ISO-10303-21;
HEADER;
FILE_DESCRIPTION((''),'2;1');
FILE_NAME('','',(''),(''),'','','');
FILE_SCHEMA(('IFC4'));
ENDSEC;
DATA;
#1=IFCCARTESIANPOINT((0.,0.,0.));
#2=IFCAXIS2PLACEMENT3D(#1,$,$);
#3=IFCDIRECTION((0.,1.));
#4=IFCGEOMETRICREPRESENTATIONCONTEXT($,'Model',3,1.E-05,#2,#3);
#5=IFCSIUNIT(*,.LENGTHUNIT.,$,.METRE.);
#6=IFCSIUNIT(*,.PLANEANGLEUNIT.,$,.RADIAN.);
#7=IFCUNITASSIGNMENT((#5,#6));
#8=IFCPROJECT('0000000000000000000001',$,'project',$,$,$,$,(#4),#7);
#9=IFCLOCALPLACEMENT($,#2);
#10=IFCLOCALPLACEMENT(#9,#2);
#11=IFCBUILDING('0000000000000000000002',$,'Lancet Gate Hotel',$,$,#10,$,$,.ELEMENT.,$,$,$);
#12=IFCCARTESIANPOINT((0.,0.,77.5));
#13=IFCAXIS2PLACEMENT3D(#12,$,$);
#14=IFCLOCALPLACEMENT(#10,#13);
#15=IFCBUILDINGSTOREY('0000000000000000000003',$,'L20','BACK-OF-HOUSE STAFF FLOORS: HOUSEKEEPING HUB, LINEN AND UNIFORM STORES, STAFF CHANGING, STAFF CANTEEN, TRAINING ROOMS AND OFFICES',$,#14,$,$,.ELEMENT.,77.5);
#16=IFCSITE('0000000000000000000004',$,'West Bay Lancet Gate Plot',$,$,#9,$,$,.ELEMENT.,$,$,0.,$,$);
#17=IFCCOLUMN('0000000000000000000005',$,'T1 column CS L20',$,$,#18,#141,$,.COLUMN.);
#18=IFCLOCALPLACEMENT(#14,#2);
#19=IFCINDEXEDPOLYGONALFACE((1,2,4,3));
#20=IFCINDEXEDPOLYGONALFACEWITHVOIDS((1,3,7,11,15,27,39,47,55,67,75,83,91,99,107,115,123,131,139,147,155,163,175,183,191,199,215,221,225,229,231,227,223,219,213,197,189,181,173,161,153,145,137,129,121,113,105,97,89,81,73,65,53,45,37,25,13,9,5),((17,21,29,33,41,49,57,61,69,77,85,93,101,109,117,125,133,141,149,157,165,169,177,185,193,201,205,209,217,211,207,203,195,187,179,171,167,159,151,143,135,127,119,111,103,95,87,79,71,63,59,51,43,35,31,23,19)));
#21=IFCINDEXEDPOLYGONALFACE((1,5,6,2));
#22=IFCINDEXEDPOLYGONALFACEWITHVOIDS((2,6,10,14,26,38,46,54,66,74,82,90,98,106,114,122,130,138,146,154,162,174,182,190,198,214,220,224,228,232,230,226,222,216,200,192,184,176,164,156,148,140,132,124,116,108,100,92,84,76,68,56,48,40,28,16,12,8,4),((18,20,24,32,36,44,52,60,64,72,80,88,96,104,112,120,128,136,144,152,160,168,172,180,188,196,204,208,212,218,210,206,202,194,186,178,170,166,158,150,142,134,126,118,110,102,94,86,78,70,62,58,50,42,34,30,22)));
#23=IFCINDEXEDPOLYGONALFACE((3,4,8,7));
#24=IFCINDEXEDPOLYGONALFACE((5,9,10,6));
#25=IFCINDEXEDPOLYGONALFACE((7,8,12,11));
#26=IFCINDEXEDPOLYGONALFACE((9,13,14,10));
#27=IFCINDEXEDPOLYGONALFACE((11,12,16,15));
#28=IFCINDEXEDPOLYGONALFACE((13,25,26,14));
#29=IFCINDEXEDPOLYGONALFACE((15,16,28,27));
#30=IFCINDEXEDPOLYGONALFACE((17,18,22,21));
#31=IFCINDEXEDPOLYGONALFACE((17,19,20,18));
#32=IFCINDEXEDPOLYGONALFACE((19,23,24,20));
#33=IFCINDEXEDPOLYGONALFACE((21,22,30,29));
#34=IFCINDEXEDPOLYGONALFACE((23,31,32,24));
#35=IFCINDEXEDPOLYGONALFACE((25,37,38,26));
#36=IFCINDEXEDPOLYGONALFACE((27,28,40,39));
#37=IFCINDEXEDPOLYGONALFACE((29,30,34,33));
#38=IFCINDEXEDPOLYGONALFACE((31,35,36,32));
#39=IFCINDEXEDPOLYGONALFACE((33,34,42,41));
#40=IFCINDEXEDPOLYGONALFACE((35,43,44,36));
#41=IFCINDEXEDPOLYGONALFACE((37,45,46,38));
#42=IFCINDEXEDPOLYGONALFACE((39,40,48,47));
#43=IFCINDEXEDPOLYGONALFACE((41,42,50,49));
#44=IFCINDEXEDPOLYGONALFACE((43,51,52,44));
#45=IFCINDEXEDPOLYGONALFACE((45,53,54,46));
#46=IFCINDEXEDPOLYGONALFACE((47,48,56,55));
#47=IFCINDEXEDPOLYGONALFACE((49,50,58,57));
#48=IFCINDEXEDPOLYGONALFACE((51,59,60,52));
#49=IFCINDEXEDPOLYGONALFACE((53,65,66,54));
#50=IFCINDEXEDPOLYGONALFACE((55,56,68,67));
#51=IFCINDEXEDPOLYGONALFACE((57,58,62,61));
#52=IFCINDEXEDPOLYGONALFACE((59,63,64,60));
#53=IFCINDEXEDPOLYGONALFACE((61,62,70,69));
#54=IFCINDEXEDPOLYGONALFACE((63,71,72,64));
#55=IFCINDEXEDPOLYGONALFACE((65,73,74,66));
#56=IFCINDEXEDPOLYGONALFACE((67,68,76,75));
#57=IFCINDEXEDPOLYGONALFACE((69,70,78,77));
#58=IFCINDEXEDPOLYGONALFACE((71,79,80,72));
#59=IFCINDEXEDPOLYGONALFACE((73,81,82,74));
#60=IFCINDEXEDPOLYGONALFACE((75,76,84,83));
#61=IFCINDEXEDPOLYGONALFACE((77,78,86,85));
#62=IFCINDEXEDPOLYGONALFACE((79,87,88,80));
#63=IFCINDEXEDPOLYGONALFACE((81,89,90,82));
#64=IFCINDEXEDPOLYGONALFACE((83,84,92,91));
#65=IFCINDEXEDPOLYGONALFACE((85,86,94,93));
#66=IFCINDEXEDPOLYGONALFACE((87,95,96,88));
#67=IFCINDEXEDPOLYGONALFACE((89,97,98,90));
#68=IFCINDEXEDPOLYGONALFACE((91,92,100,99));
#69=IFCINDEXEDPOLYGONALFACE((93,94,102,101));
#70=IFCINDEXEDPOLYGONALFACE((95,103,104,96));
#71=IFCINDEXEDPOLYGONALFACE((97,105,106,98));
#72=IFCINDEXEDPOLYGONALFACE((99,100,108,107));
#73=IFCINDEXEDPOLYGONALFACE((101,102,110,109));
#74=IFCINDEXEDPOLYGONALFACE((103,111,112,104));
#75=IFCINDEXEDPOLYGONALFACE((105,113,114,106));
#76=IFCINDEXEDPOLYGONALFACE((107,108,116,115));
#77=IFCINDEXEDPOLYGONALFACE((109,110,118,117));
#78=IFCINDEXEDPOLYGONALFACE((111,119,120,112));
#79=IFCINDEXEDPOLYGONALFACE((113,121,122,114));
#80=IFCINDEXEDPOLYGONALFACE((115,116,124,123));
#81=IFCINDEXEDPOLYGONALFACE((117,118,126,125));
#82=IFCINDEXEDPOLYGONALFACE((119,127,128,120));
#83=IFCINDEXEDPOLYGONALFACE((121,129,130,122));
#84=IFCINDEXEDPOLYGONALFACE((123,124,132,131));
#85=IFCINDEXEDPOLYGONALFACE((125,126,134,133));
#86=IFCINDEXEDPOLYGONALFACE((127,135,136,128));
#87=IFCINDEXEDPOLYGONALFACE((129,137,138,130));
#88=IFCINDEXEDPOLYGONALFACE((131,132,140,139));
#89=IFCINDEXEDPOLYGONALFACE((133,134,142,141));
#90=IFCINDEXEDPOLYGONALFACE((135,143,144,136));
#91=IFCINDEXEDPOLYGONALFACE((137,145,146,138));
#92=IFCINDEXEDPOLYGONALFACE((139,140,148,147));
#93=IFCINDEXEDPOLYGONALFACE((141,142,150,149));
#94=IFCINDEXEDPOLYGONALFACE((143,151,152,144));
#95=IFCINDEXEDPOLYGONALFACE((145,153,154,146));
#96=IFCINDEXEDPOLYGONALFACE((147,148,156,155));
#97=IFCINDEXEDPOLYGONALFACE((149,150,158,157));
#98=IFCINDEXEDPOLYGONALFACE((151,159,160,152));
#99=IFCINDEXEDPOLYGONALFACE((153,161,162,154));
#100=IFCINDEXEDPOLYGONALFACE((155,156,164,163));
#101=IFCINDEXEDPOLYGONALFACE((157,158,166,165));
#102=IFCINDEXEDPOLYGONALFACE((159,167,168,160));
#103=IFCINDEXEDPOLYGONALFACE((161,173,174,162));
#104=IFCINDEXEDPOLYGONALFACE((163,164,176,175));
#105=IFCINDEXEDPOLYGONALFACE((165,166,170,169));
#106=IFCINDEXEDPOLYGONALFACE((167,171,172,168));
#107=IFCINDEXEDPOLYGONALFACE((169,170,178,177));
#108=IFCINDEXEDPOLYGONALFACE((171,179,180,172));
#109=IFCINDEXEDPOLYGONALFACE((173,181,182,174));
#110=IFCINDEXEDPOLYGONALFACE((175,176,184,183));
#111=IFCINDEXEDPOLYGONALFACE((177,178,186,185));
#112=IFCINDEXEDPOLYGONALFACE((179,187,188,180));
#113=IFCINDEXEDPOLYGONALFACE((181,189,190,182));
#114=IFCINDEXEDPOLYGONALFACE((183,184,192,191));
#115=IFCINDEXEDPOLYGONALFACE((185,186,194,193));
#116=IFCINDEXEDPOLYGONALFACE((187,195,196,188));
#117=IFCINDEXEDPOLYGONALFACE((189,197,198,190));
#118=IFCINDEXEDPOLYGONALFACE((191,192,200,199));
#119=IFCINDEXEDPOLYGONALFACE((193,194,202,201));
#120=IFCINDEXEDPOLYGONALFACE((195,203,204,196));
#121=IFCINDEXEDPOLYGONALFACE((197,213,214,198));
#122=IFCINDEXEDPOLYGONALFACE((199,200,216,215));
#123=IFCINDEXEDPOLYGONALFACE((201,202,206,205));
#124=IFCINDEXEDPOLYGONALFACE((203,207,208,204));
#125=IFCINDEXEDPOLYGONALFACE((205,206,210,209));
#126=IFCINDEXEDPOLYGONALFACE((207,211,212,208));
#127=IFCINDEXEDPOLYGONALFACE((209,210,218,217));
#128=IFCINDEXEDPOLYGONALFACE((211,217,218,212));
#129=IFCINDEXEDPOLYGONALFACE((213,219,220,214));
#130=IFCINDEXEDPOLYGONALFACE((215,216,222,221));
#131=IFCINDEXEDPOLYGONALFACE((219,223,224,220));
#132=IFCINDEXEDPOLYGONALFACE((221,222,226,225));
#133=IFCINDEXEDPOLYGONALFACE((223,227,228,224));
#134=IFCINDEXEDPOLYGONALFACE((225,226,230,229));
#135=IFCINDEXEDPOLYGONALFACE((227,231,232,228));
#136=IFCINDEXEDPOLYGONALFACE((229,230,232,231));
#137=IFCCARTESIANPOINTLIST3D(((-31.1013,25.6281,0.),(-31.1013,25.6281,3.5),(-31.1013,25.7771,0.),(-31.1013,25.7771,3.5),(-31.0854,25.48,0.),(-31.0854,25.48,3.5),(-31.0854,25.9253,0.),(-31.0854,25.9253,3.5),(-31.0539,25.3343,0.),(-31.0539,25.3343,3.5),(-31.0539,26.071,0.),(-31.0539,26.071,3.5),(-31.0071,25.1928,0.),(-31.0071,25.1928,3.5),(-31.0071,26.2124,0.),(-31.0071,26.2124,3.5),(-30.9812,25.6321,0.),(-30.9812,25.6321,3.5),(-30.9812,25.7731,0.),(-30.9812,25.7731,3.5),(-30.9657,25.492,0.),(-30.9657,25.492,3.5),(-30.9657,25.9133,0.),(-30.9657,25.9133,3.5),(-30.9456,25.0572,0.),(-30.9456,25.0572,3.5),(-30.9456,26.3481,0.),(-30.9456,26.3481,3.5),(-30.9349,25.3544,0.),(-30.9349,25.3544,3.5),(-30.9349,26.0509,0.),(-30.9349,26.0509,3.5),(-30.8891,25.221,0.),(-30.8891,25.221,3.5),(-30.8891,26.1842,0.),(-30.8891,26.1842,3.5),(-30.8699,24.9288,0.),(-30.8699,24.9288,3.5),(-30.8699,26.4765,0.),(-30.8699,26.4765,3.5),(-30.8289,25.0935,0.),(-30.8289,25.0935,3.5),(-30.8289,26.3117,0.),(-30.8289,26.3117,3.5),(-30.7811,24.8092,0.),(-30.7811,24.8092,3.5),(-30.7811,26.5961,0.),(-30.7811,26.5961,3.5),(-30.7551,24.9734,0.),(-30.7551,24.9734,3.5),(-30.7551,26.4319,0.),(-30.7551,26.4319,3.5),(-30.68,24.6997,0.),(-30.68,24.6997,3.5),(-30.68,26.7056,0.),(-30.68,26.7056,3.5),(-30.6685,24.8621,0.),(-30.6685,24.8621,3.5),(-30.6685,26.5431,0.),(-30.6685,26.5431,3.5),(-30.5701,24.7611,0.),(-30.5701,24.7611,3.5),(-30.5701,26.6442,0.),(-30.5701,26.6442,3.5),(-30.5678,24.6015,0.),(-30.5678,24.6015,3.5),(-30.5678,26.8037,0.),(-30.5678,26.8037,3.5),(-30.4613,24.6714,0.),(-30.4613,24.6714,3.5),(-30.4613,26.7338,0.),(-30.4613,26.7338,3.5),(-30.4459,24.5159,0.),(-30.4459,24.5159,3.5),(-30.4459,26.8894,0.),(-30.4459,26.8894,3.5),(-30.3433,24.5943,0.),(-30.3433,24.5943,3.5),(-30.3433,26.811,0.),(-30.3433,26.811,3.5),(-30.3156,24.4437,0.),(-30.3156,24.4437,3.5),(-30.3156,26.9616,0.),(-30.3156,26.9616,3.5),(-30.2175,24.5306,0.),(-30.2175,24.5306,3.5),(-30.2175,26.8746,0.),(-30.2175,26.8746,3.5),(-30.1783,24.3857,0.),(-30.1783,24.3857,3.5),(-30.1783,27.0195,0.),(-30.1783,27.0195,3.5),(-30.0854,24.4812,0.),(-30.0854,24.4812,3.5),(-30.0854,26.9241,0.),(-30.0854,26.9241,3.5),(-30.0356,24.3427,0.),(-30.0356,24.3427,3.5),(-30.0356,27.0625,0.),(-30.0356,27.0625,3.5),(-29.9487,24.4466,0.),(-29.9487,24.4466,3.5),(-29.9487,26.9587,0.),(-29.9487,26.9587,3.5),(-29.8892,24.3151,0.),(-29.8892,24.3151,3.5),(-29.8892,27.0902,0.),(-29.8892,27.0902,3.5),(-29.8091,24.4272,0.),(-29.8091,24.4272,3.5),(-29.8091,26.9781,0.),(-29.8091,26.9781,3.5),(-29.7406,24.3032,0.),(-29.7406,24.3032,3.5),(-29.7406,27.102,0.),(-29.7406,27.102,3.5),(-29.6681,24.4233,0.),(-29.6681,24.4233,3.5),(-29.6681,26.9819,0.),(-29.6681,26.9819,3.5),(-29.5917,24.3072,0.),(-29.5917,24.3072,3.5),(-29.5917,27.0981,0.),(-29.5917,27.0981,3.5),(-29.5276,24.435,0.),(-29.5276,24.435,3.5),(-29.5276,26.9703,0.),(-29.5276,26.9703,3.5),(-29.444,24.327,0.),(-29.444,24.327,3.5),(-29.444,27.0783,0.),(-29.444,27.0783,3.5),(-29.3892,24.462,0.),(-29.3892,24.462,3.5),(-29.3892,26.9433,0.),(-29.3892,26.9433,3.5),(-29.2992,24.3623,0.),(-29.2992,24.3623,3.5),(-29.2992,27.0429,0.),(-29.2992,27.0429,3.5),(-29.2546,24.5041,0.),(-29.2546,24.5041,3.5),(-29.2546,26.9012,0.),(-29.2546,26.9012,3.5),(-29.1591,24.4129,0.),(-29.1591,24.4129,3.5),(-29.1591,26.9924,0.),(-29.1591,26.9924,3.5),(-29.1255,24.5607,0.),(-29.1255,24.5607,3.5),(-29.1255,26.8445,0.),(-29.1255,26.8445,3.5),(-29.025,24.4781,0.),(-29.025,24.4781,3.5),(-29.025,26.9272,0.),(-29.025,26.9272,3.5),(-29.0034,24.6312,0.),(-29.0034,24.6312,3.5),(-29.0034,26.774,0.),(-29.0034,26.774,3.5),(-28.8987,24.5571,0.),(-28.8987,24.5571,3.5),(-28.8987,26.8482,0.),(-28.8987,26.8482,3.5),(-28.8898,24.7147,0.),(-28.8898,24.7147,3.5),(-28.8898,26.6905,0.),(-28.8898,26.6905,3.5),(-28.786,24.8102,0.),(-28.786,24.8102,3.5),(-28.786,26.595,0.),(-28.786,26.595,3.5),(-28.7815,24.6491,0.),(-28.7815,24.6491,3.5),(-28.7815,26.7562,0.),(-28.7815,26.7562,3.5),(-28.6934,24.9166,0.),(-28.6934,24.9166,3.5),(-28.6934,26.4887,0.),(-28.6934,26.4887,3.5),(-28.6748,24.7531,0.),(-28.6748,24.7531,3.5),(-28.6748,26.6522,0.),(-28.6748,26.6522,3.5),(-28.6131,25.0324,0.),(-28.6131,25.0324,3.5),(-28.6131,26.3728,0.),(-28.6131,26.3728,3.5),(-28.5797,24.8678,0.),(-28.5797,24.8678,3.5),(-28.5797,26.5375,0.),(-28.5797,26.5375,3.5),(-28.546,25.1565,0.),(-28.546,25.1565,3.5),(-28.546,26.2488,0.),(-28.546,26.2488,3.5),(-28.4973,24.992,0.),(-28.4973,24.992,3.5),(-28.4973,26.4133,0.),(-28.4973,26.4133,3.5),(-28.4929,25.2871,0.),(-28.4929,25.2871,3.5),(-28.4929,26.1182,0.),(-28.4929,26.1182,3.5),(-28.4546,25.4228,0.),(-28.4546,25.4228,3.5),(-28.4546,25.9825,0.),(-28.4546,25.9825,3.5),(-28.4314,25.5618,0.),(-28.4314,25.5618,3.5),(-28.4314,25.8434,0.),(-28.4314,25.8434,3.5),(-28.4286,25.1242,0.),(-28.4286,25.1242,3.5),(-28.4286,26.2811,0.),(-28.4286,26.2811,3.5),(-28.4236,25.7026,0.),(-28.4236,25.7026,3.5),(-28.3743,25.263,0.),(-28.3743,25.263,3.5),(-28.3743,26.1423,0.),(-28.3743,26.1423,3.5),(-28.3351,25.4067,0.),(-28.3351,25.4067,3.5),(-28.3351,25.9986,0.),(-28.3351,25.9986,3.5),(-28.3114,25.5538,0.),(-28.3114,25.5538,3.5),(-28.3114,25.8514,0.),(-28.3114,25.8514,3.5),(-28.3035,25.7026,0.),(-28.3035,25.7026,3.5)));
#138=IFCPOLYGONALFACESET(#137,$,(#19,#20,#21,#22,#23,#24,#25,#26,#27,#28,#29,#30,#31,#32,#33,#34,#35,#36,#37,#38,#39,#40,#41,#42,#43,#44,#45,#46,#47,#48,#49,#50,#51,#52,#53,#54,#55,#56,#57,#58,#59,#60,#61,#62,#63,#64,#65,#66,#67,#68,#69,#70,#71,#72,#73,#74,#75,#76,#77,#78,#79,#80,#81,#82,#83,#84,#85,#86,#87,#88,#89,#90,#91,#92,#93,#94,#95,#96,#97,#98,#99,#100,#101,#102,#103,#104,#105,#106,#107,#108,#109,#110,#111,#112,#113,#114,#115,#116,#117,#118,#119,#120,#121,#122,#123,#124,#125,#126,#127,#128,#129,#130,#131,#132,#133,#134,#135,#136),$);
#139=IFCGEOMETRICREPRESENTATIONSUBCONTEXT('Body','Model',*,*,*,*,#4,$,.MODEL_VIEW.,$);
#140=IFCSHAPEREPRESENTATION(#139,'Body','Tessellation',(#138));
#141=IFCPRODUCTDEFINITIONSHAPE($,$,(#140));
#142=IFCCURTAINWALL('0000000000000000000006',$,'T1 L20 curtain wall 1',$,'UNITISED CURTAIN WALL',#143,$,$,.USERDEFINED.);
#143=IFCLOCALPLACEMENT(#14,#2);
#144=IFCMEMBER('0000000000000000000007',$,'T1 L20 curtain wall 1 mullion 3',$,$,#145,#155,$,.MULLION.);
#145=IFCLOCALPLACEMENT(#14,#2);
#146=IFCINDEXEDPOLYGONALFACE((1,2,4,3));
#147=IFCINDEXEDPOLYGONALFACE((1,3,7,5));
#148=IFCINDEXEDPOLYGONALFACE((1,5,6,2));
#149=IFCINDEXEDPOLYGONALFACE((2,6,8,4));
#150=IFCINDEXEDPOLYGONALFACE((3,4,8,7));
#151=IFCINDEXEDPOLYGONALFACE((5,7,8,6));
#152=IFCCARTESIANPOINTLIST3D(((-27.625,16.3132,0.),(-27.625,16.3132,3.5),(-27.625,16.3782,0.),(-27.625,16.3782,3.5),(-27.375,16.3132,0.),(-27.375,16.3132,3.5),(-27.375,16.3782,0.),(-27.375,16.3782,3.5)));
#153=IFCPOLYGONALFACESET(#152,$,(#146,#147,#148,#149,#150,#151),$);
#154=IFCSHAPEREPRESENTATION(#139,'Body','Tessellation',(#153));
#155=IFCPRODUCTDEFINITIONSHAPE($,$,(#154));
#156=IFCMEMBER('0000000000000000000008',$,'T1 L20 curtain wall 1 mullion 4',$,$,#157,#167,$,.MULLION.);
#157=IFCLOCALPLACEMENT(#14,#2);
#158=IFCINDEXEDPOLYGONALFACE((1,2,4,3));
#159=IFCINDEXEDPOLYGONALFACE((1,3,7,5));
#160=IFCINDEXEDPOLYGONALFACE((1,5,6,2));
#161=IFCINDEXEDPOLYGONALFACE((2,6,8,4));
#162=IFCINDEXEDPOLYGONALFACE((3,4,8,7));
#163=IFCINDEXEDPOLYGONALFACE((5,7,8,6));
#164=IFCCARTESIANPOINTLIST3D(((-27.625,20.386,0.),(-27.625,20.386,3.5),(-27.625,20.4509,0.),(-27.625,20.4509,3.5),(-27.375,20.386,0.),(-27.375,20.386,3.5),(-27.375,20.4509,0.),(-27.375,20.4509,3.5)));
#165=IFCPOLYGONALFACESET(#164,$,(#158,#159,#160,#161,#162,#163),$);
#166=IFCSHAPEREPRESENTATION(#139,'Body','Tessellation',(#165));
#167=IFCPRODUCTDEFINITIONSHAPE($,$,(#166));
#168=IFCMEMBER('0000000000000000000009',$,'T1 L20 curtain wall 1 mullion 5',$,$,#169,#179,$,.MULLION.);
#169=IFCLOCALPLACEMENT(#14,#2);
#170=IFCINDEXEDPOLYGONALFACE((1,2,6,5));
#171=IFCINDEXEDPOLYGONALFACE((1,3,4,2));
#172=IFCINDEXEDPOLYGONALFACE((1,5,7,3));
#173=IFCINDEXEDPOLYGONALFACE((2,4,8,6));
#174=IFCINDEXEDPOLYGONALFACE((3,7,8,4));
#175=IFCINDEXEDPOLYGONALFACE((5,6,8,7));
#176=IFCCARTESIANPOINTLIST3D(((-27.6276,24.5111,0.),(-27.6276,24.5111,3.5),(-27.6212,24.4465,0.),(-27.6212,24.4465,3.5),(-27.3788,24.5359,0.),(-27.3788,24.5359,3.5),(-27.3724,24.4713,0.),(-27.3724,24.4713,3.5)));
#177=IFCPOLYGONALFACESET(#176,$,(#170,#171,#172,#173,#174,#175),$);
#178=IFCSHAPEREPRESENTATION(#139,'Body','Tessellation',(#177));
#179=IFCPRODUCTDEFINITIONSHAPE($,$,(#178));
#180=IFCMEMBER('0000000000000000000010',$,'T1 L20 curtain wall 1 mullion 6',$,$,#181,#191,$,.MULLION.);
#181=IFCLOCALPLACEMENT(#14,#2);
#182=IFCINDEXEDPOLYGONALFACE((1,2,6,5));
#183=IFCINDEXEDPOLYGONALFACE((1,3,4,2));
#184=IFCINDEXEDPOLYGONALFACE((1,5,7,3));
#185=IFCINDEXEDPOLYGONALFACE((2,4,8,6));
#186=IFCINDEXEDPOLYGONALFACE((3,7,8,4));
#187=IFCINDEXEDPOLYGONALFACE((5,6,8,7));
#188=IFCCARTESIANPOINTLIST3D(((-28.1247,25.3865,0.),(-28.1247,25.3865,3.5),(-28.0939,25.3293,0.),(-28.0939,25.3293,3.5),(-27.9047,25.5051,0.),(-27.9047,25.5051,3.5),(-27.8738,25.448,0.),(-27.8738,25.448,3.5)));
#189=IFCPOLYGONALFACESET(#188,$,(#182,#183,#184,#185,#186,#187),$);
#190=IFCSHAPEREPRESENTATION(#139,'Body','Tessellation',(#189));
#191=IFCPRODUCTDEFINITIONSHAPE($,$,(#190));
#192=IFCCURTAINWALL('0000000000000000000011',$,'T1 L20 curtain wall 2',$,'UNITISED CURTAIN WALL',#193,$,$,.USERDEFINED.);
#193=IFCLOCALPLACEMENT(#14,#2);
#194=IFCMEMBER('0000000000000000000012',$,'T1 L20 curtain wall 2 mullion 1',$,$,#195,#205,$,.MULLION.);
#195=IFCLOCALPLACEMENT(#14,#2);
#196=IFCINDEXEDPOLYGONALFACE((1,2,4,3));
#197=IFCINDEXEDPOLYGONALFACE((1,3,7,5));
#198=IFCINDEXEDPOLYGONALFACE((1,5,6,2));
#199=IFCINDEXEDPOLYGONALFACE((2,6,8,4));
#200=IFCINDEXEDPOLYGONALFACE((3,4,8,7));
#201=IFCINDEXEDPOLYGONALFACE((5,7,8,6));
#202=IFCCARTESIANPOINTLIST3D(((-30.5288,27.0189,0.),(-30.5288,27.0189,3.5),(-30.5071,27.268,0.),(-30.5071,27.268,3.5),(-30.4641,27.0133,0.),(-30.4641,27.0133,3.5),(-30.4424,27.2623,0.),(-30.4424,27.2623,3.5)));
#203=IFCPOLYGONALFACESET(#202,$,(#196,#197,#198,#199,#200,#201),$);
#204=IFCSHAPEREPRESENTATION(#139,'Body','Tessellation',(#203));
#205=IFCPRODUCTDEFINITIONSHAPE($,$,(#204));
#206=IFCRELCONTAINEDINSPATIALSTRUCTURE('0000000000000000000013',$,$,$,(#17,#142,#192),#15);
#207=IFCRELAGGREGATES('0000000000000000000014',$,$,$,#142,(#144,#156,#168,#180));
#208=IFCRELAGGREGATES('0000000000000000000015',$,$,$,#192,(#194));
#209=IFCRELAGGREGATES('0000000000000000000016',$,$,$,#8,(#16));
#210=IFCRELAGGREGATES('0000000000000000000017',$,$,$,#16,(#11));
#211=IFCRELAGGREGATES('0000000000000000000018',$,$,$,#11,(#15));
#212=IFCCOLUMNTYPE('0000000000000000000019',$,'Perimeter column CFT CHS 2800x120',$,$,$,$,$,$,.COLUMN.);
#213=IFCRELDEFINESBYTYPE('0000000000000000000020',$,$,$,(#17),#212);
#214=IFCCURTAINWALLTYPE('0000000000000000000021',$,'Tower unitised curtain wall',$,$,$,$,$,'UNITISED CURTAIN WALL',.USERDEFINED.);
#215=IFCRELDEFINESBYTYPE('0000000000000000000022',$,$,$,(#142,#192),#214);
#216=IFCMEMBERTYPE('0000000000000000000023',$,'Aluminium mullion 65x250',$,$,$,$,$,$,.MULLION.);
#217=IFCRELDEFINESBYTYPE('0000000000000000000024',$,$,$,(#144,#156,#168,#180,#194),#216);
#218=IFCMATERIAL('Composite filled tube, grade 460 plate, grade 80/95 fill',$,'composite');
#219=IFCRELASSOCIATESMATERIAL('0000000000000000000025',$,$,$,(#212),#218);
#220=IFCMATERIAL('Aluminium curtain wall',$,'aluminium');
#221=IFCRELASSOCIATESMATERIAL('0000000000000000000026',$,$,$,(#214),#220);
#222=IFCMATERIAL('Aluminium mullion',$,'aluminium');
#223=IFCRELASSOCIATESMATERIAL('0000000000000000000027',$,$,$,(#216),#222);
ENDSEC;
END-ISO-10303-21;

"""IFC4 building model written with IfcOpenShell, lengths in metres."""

from ifc_helpers import new_model, si_unit, direction, frame, origin, origin_2d, place, context, subcontext, project, spatial, rectangle, hollow_circle, extrude, material, material_profile, profile_set, type_object, element, aggregate, save


model = new_model("IFC4")

# Units and contexts
model_context = context("Model", 3, precision=1e-05, world=origin(), true_north=direction((0.0, 1.0)))
body_context = subcontext(model_context, "Body", "Model", "MODEL_VIEW")
ifc_project = project(units=[si_unit("LENGTHUNIT", "METRE"), si_unit("PLANEANGLEUNIT", "RADIAN")], contexts=[model_context])

# Site, building, storey
site_placement = place(None, origin())
site = spatial("IfcSite", under=ifc_project, at=site_placement, Name="West Bay Lancet Gate Plot", CompositionType="ELEMENT", RefElevation=0.0)
building_placement = place(site_placement, origin())
building = spatial("IfcBuilding", under=site, at=building_placement, Name="Lancet Gate Hotel", CompositionType="ELEMENT")
storey_placement = place(building_placement, frame((0.0, 0.0, 77.5)))
storey = spatial("IfcBuildingStorey", under=building, at=storey_placement, Name="L20", Description="BACK-OF-HOUSE STAFF FLOORS: HOUSEKEEPING HUB, LINEN AND UNIFORM STORES, STAFF CHANGING, STAFF CANTEEN, TRAINING ROOMS AND OFFICES", CompositionType="ELEMENT", Elevation=77.5)

# Column
ifc_material_1 = material(Name="Composite filled tube, grade 460 plate, grade 80/95 fill", Category="composite")
ifc_material_profile_1 = material_profile(ifc_material_1, hollow_circle(Radius=1.3999, WallThickness=0.1201, at=origin_2d()), Name="CHS 2800x120")
ifc_profile_set_1 = profile_set([ifc_material_profile_1], Name="Composite filled tube, grade 460 plate, grade 80/95 fill")
column_type = type_object("IfcColumnType", Name="Perimeter column CFT CHS 2800x120", PredefinedType="COLUMN", material=ifc_profile_set_1)
column_placement = place(storey_placement, frame((-29.7034, 25.7026, 0.0), z_axis=(0.0, 0.0, 1.0), x_axis=(1.0, 0.0, 0.0)))
element("IfcColumn", 1, at=column_placement, inside=storey, type_object=column_type, Name="T1 column CS L20", PredefinedType="COLUMN", context=body_context, shape_type="SweptSolid", body=[
    extrude(hollow_circle(Radius=1.3999, WallThickness=0.1201, at=origin_2d()), origin(), (0.0, 0.0, 1.0), 3.5),
])

# Curtain walls, members
ifc_material_2 = material(Name="Aluminium curtain wall", Category="aluminium")
curtain_wall_type = type_object("IfcCurtainWallType", Name="Tower unitised curtain wall", ElementType="UNITISED CURTAIN WALL", PredefinedType="USERDEFINED", material=ifc_material_2)
curtain_wall_1_placement = place(storey_placement, origin())
curtain_wall_1 = element("IfcCurtainWall", 2, at=curtain_wall_1_placement, inside=storey, type_object=curtain_wall_type, Name="T1 L20 curtain wall 1", ObjectType="UNITISED CURTAIN WALL", PredefinedType="USERDEFINED")
ifc_material_3 = material(Name="Aluminium mullion", Category="aluminium")
ifc_material_profile_2 = material_profile(ifc_material_3, rectangle(XDim=0.0649, YDim=0.25, at=origin_2d()), Name="MULLION 65x250")
ifc_profile_set_2 = profile_set([ifc_material_profile_2], Name="Aluminium mullion")
member_type_1 = type_object("IfcMemberType", Name="Aluminium mullion 65x250", PredefinedType="MULLION", material=ifc_profile_set_2)
member_1_placement = place(storey_placement, frame((-27.5, 16.3457, 0.0), z_axis=(0.0, 0.0, 1.0), x_axis=(0.0, 1.0, 0.0)))
member_1 = element("IfcMember", 3, at=member_1_placement, type_object=member_type_1, Name="T1 L20 curtain wall 1 mullion 3", PredefinedType="MULLION", context=body_context, shape_type="SweptSolid", body=[
    extrude(rectangle(XDim=0.0649, YDim=0.25, at=origin_2d()), origin(), (0.0, 0.0, 1.0), 3.5),
])
member_2_placement = place(storey_placement, frame((-27.5, 20.4185, 0.0), z_axis=(0.0, 0.0, 1.0), x_axis=(0.0, 1.0, 0.0)))
member_2 = element("IfcMember", 4, at=member_2_placement, type_object=member_type_1, Name="T1 L20 curtain wall 1 mullion 4", PredefinedType="MULLION", context=body_context, shape_type="SweptSolid", body=[
    extrude(rectangle(XDim=0.0649, YDim=0.25, at=origin_2d()), origin(), (0.0, 0.0, 1.0), 3.5),
])
member_3_placement = place(storey_placement, frame((-27.5, 24.4912, 0.0), z_axis=(0.0, 0.0, 1.0), x_axis=(-0.099392, 0.995048, 0.0)))
member_3 = element("IfcMember", 5, at=member_3_placement, type_object=member_type_1, Name="T1 L20 curtain wall 1 mullion 5", PredefinedType="MULLION", context=body_context, shape_type="SweptSolid", body=[
    extrude(rectangle(XDim=0.0649, YDim=0.25, at=origin_2d()), origin(), (0.0, 0.0, 1.0), 3.5),
])
member_4_placement = place(storey_placement, frame((-27.9993, 25.4172, 0.0), z_axis=(0.0, 0.0, 1.0), x_axis=(-0.474631, 0.880185, 0.0)))
member_4 = element("IfcMember", 6, at=member_4_placement, type_object=member_type_1, Name="T1 L20 curtain wall 1 mullion 6", PredefinedType="MULLION", context=body_context, shape_type="SweptSolid", body=[
    extrude(rectangle(XDim=0.0649, YDim=0.25, at=origin_2d()), origin(), (0.0, 0.0, 1.0), 3.5),
])
curtain_wall_2_placement = place(storey_placement, origin())
curtain_wall_2 = element("IfcCurtainWall", 7, at=curtain_wall_2_placement, inside=storey, type_object=curtain_wall_type, Name="T1 L20 curtain wall 2", ObjectType="UNITISED CURTAIN WALL", PredefinedType="USERDEFINED")
member_5_placement = place(storey_placement, frame((-30.4856, 27.1406, 0.0), z_axis=(0.0, 0.0, 1.0), x_axis=(-0.996204, 0.087052, 0.0)))
member_5 = element("IfcMember", 8, at=member_5_placement, type_object=member_type_1, Name="T1 L20 curtain wall 2 mullion 1", PredefinedType="MULLION", context=body_context, shape_type="SweptSolid", body=[
    extrude(rectangle(XDim=0.0649, YDim=0.25, at=origin_2d()), origin(), (0.0, 0.0, 1.0), 3.5),
])

aggregate(curtain_wall_1, [member_1, member_2, member_3, member_4])
aggregate(curtain_wall_2, [member_5])

save(model, "model.ifc")
